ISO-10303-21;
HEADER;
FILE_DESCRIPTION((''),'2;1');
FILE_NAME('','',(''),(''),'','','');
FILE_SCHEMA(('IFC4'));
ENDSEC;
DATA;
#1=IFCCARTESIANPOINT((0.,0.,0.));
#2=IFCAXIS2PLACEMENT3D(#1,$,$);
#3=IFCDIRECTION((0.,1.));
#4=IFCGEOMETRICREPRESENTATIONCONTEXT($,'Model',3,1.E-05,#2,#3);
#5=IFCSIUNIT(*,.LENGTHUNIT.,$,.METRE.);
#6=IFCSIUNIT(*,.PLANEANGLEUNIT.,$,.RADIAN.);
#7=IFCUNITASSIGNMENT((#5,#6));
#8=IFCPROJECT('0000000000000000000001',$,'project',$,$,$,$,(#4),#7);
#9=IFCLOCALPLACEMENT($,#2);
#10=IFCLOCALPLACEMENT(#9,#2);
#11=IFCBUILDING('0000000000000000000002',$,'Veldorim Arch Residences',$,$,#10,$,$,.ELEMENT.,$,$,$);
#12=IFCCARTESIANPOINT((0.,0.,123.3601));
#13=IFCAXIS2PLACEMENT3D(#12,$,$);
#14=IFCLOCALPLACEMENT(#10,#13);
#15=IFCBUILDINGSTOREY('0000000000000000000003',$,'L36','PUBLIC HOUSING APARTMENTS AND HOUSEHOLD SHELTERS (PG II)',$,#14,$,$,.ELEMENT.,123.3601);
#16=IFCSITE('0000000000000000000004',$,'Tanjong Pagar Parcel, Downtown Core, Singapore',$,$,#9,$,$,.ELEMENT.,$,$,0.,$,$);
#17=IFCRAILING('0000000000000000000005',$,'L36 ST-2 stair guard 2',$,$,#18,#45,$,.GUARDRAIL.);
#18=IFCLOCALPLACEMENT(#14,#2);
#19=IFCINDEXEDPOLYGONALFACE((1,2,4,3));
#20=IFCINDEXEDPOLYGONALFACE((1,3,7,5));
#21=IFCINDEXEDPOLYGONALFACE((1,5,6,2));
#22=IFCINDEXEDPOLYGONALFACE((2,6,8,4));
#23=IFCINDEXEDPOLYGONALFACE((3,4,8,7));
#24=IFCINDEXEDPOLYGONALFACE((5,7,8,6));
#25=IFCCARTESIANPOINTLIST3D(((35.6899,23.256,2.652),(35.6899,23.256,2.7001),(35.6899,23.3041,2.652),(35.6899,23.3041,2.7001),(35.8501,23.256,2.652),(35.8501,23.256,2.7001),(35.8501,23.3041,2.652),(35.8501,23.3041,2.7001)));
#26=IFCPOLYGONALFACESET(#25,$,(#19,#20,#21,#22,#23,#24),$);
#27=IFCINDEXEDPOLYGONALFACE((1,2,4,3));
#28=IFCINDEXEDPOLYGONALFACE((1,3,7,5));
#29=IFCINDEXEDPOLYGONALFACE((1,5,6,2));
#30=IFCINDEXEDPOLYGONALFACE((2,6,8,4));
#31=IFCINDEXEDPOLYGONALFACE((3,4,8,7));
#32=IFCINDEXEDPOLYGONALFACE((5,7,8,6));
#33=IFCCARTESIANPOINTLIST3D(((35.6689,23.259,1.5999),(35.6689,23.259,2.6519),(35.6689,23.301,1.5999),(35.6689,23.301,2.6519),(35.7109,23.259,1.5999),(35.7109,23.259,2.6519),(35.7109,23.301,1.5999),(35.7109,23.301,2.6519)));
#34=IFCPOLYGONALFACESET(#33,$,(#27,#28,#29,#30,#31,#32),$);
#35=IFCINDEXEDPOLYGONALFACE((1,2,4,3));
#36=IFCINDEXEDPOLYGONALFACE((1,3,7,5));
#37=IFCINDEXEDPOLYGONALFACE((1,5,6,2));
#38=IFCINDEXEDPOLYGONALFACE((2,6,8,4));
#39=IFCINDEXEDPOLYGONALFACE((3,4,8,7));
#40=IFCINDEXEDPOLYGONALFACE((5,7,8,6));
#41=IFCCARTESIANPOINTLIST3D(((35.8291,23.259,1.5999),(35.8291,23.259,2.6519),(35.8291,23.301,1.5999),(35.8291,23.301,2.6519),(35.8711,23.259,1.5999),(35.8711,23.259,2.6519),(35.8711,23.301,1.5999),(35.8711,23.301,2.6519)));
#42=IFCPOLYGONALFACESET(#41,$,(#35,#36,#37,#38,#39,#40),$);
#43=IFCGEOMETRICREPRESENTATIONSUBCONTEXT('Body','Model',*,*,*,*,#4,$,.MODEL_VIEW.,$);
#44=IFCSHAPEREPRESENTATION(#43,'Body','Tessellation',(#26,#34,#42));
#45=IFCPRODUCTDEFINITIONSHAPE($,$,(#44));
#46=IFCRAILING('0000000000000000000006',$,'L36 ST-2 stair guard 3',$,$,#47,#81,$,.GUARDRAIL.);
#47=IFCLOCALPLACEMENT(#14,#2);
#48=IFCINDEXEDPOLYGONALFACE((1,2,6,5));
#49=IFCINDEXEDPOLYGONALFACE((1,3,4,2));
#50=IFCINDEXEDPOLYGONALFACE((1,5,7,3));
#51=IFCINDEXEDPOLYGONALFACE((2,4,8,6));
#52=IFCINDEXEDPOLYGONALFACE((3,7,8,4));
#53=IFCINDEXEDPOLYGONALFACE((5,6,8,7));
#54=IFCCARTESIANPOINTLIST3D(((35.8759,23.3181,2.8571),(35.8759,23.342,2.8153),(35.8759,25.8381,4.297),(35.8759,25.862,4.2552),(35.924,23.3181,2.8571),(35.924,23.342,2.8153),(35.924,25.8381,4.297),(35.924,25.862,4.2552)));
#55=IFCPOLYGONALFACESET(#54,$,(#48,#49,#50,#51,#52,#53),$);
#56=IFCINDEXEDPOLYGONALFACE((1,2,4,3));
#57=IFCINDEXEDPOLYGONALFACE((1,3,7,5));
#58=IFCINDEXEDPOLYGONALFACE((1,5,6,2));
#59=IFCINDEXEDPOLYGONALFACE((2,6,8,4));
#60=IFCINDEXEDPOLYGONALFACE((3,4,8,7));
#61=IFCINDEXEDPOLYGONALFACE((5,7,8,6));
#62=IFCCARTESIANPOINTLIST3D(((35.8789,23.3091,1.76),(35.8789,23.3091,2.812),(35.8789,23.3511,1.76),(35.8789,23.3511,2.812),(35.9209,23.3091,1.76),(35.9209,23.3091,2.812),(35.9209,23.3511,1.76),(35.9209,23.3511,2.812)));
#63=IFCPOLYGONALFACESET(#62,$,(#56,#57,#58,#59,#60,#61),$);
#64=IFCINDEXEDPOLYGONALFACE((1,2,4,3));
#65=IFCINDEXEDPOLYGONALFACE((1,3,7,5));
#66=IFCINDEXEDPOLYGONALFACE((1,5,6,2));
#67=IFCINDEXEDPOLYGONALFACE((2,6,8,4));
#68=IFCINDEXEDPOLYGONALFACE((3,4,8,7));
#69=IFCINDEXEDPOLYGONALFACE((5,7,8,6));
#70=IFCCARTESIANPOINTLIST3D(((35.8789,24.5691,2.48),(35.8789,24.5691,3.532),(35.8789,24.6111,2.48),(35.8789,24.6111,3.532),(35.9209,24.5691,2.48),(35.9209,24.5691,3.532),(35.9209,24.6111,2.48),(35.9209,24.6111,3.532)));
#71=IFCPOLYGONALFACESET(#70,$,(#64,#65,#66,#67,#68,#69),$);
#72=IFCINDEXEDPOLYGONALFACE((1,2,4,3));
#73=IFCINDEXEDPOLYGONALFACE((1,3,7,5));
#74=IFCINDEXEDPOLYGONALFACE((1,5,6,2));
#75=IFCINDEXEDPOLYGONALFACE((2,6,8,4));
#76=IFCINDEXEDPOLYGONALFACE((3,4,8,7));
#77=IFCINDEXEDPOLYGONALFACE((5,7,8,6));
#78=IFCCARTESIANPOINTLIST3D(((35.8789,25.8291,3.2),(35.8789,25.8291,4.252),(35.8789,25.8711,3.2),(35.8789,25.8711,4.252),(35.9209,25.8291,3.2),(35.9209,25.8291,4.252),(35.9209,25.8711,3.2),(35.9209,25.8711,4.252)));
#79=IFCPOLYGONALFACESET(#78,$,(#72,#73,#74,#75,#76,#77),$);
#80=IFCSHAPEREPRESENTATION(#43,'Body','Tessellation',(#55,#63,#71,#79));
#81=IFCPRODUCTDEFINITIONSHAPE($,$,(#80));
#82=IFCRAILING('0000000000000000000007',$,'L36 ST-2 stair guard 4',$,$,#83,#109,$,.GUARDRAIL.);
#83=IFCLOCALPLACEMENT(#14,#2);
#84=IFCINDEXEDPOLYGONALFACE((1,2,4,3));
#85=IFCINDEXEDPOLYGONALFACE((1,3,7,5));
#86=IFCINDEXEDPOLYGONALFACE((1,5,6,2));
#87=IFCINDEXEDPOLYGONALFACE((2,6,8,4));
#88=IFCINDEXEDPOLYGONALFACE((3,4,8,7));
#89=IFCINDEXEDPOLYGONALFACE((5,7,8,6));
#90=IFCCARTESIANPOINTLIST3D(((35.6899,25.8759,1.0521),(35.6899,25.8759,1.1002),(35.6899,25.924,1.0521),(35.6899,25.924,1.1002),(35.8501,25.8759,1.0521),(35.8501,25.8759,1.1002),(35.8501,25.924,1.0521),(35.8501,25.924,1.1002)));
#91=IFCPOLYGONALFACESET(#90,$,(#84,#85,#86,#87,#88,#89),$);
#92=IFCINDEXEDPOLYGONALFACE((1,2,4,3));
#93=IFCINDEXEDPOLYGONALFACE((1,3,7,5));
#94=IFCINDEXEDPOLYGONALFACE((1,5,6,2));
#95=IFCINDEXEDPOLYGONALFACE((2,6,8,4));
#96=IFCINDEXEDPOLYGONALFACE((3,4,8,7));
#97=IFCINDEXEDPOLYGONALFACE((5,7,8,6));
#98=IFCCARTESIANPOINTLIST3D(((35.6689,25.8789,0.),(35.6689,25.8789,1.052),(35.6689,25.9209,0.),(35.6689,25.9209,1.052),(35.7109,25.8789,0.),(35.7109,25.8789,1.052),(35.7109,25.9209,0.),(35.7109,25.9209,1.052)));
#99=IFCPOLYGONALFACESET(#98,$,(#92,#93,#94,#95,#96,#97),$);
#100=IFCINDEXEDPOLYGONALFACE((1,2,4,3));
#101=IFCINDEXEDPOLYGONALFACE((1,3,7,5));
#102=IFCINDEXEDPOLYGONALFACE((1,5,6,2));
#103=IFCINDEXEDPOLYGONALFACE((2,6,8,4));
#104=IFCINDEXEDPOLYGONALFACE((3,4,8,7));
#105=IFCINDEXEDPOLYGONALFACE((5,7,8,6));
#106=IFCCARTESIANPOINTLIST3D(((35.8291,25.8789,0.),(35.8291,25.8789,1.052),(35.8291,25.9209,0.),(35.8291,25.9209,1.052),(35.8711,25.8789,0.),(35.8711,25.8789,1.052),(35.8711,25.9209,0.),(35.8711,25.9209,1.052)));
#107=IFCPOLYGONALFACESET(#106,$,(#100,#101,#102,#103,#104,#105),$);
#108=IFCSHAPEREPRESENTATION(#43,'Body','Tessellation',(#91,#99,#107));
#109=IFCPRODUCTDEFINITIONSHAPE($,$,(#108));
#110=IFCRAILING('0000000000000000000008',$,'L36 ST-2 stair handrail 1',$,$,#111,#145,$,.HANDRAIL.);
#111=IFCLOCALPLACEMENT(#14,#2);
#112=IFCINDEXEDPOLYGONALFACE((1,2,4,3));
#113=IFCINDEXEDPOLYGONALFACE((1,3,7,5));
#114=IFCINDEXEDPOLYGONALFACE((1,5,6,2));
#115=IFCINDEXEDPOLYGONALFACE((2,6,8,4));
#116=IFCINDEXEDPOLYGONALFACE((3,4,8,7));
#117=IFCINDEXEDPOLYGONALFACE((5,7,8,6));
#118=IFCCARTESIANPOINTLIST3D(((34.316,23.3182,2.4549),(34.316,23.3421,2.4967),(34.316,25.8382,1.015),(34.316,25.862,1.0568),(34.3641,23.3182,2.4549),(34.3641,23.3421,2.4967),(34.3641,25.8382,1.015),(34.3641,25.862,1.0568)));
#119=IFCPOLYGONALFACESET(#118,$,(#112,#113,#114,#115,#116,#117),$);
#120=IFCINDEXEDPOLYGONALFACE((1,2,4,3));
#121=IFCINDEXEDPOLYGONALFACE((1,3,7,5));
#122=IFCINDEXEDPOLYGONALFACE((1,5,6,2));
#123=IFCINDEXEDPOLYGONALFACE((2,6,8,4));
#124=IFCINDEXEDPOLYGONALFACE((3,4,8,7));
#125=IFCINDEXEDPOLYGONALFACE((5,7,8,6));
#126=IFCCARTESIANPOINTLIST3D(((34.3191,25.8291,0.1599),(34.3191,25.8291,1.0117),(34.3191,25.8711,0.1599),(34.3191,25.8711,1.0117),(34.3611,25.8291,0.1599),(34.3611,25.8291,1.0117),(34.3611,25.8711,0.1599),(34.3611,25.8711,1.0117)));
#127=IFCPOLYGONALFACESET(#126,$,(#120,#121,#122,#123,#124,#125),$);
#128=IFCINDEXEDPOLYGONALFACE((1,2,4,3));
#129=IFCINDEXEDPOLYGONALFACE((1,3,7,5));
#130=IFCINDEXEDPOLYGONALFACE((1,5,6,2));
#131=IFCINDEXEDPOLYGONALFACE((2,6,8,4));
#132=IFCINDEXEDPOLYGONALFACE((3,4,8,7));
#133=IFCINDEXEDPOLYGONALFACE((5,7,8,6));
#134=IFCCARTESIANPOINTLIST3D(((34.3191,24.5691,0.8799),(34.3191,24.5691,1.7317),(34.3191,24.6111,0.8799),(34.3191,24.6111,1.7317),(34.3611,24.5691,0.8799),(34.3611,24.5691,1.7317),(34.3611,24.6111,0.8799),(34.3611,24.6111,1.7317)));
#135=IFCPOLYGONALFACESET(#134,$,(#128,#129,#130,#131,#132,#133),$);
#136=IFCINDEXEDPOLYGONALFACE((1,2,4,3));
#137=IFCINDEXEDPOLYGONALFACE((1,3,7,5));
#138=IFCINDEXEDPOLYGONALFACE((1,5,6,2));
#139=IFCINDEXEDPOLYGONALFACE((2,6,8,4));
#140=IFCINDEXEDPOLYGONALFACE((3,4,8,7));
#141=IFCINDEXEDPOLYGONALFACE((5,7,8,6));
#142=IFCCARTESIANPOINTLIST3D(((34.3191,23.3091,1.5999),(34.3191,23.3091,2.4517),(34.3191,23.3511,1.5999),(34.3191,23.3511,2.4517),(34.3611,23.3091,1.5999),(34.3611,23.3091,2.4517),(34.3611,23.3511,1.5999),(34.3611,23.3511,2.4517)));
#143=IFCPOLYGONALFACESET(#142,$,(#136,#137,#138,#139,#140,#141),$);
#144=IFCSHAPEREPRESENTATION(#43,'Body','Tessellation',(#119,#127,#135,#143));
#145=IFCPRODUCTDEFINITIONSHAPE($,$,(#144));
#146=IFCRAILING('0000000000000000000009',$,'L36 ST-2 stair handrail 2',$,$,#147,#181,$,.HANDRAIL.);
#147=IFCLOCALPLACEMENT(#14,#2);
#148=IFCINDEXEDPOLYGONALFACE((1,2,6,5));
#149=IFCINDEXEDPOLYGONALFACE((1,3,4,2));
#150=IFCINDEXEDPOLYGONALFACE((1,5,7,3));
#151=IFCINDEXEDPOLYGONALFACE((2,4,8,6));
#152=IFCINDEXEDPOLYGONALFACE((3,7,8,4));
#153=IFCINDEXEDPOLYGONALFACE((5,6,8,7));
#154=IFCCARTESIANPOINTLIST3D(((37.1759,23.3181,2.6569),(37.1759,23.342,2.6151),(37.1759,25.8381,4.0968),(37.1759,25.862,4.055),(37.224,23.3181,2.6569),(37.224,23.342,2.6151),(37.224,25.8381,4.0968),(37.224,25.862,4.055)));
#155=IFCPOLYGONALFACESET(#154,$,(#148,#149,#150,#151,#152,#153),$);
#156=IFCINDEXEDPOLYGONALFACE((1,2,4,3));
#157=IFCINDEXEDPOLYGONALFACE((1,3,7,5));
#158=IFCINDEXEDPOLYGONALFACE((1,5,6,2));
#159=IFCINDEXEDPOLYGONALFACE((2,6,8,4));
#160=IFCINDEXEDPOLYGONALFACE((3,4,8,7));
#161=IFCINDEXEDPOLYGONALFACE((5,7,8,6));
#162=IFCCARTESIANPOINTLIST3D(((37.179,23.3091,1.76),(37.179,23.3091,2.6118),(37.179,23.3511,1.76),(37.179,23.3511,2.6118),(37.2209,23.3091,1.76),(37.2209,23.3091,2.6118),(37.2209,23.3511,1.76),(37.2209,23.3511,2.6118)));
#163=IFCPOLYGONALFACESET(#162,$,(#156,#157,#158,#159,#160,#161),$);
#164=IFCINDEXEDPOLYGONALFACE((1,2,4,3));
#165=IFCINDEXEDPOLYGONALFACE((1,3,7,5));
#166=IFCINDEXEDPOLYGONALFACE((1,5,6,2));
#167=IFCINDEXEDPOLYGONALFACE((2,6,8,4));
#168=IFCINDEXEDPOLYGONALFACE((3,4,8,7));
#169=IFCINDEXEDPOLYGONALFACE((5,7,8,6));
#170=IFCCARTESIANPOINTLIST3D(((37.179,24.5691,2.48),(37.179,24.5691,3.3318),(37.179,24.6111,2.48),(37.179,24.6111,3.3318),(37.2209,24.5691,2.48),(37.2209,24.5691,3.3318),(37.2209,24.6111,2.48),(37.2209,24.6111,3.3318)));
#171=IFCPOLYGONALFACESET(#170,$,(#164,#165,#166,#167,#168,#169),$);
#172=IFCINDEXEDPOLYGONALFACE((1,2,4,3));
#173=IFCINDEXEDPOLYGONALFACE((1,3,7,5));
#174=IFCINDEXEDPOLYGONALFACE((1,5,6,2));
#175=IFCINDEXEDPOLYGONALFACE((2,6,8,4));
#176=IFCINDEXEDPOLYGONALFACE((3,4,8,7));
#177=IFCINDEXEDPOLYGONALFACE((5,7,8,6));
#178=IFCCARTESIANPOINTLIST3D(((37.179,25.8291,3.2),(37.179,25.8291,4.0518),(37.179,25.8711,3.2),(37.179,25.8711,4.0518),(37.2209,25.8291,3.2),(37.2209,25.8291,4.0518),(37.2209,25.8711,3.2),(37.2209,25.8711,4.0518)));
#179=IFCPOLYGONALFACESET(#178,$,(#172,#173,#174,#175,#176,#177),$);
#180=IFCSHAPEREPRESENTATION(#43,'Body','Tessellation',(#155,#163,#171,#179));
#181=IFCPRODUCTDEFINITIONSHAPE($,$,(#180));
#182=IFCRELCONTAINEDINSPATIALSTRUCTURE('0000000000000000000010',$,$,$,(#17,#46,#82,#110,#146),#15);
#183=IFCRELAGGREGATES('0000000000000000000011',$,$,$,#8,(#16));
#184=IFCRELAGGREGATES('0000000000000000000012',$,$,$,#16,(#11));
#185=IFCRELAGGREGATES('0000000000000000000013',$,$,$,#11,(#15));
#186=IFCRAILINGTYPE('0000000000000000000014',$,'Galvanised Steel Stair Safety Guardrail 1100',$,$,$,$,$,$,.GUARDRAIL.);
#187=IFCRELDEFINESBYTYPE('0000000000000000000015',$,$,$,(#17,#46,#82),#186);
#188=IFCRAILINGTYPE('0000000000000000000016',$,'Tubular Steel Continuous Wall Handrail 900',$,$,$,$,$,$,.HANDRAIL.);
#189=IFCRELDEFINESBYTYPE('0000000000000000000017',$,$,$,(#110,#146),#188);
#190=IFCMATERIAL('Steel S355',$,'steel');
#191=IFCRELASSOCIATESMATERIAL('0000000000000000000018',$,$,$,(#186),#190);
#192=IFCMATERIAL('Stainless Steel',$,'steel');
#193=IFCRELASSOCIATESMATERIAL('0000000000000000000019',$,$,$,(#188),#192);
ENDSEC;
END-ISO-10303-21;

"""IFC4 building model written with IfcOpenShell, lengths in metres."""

from ifc_helpers import new_model, si_unit, direction, frame, origin, origin_2d, place, context, subcontext, project, spatial, rectangle, extrude, material, type_object, element, save


model = new_model("IFC4")

# Units and contexts
model_context = context("Model", 3, precision=1e-05, world=origin(), true_north=direction((0.0, 1.0)))
body_context = subcontext(model_context, "Body", "Model", "MODEL_VIEW")
ifc_project = project(units=[si_unit("LENGTHUNIT", "METRE"), si_unit("PLANEANGLEUNIT", "RADIAN")], contexts=[model_context])

# Site, building, storey
site_placement = place(None, origin())
site = spatial("IfcSite", under=ifc_project, at=site_placement, Name="Tanjong Pagar Parcel, Downtown Core, Singapore", CompositionType="ELEMENT", RefElevation=0.0)
building_placement = place(site_placement, origin())
building = spatial("IfcBuilding", under=site, at=building_placement, Name="Veldorim Arch Residences", CompositionType="ELEMENT")
storey_placement = place(building_placement, frame((0.0, 0.0, 123.3601)))
storey = spatial("IfcBuildingStorey", under=building, at=storey_placement, Name="L36", Description="PUBLIC HOUSING APARTMENTS AND HOUSEHOLD SHELTERS (PG II)", CompositionType="ELEMENT", Elevation=123.3601)

# Railings
ifc_material_1 = material(Name="Steel S355", Category="steel")
railing_type_1 = type_object("IfcRailingType", Name="Galvanised Steel Stair Safety Guardrail 1100", PredefinedType="GUARDRAIL", material=ifc_material_1)
railing_1_placement = place(storey_placement, frame((35.6899, 23.28, 1.5999)))
element("IfcRailing", 1, at=railing_1_placement, inside=storey, type_object=railing_type_1, Name="L36 ST-2 stair guard 2", PredefinedType="GUARDRAIL", context=body_context, shape_type="SweptSolid", body=[
    extrude(rectangle(XDim=0.0481, YDim=0.0481, at=origin_2d()), frame((0.0, 0.0, 1.0762), z_axis=(1.0, 0.0, 0.0), x_axis=(0.0, 1.0, 0.0)), (0.0, 0.0, 1.0), 0.1602),
    extrude(rectangle(XDim=0.042, YDim=0.042, at=origin_2d()), origin(), (0.0, 0.0, 1.0), 1.052),
    extrude(rectangle(XDim=0.042, YDim=0.042, at=origin_2d()), frame((0.1602, 0.0, 0.0)), (0.0, 0.0, 1.0), 1.052),
])
railing_2_placement = place(storey_placement, frame((35.8999, 23.3301, 1.76)))
element("IfcRailing", 2, at=railing_2_placement, inside=storey, type_object=railing_type_1, Name="L36 ST-2 stair guard 3", PredefinedType="GUARDRAIL", context=body_context, shape_type="SweptSolid", body=[
    extrude(rectangle(XDim=0.0481, YDim=0.0481, at=origin_2d()), frame((0.0, 0.0, 1.0762), z_axis=(0.0, 0.868253, 0.496121), x_axis=(-1.0, 0.0, 0.0)), (0.0, 0.0, 1.0), 2.9023),
    extrude(rectangle(XDim=0.042, YDim=0.042, at=origin_2d()), origin(), (0.0, 0.0, 1.0), 1.052),
    extrude(rectangle(XDim=0.042, YDim=0.042, at=origin_2d()), frame((0.0, 1.26, 0.72)), (0.0, 0.0, 1.0), 1.052),
    extrude(rectangle(XDim=0.042, YDim=0.042, at=origin_2d()), frame((0.0, 2.52, 1.4399)), (0.0, 0.0, 1.0), 1.052),
])
railing_3_placement = place(storey_placement, frame((35.6899, 25.8999, 0.0)))
element("IfcRailing", 3, at=railing_3_placement, inside=storey, type_object=railing_type_1, Name="L36 ST-2 stair guard 4", PredefinedType="GUARDRAIL", context=body_context, shape_type="SweptSolid", body=[
    extrude(rectangle(XDim=0.0481, YDim=0.0481, at=origin_2d()), frame((0.0, 0.0, 1.0762), z_axis=(1.0, 0.0, 0.0), x_axis=(0.0, 1.0, 0.0)), (0.0, 0.0, 1.0), 0.1602),
    extrude(rectangle(XDim=0.042, YDim=0.042, at=origin_2d()), origin(), (0.0, 0.0, 1.0), 1.052),
    extrude(rectangle(XDim=0.042, YDim=0.042, at=origin_2d()), frame((0.1602, 0.0, 0.0)), (0.0, 0.0, 1.0), 1.052),
])
ifc_material_2 = material(Name="Stainless Steel", Category="steel")
railing_type_2 = type_object("IfcRailingType", Name="Tubular Steel Continuous Wall Handrail 900", PredefinedType="HANDRAIL", material=ifc_material_2)
railing_4_placement = place(storey_placement, frame((34.3401, 25.8501, 0.1599)))
element("IfcRailing", 4, at=railing_4_placement, inside=storey, type_object=railing_type_2, Name="L36 ST-2 stair handrail 1", PredefinedType="HANDRAIL", context=body_context, shape_type="SweptSolid", body=[
    extrude(rectangle(XDim=0.0481, YDim=0.0481, at=origin_2d()), frame((0.0, 0.0, 0.876), z_axis=(0.0, -0.868253, 0.496121), x_axis=(1.0, 0.0, 0.0)), (0.0, 0.0, 1.0), 2.9023),
    extrude(rectangle(XDim=0.042, YDim=0.042, at=origin_2d()), origin(), (0.0, 0.0, 1.0), 0.8518),
    extrude(rectangle(XDim=0.042, YDim=0.042, at=origin_2d()), frame((0.0, -1.26, 0.72)), (0.0, 0.0, 1.0), 0.8518),
    extrude(rectangle(XDim=0.042, YDim=0.042, at=origin_2d()), frame((0.0, -2.52, 1.4399)), (0.0, 0.0, 1.0), 0.8518),
])
railing_5_placement = place(storey_placement, frame((37.2, 23.3301, 1.76)))
element("IfcRailing", 5, at=railing_5_placement, inside=storey, type_object=railing_type_2, Name="L36 ST-2 stair handrail 2", PredefinedType="HANDRAIL", context=body_context, shape_type="SweptSolid", body=[
    extrude(rectangle(XDim=0.0481, YDim=0.0481, at=origin_2d()), frame((0.0, 0.0, 0.876), z_axis=(0.0, 0.868253, 0.496121), x_axis=(-1.0, 0.0, 0.0)), (0.0, 0.0, 1.0), 2.9023),
    extrude(rectangle(XDim=0.042, YDim=0.042, at=origin_2d()), origin(), (0.0, 0.0, 1.0), 0.8518),
    extrude(rectangle(XDim=0.042, YDim=0.042, at=origin_2d()), frame((0.0, 1.26, 0.72)), (0.0, 0.0, 1.0), 0.8518),
    extrude(rectangle(XDim=0.042, YDim=0.042, at=origin_2d()), frame((0.0, 2.52, 1.4399)), (0.0, 0.0, 1.0), 0.8518),
])

save(model, "model.ifc")
